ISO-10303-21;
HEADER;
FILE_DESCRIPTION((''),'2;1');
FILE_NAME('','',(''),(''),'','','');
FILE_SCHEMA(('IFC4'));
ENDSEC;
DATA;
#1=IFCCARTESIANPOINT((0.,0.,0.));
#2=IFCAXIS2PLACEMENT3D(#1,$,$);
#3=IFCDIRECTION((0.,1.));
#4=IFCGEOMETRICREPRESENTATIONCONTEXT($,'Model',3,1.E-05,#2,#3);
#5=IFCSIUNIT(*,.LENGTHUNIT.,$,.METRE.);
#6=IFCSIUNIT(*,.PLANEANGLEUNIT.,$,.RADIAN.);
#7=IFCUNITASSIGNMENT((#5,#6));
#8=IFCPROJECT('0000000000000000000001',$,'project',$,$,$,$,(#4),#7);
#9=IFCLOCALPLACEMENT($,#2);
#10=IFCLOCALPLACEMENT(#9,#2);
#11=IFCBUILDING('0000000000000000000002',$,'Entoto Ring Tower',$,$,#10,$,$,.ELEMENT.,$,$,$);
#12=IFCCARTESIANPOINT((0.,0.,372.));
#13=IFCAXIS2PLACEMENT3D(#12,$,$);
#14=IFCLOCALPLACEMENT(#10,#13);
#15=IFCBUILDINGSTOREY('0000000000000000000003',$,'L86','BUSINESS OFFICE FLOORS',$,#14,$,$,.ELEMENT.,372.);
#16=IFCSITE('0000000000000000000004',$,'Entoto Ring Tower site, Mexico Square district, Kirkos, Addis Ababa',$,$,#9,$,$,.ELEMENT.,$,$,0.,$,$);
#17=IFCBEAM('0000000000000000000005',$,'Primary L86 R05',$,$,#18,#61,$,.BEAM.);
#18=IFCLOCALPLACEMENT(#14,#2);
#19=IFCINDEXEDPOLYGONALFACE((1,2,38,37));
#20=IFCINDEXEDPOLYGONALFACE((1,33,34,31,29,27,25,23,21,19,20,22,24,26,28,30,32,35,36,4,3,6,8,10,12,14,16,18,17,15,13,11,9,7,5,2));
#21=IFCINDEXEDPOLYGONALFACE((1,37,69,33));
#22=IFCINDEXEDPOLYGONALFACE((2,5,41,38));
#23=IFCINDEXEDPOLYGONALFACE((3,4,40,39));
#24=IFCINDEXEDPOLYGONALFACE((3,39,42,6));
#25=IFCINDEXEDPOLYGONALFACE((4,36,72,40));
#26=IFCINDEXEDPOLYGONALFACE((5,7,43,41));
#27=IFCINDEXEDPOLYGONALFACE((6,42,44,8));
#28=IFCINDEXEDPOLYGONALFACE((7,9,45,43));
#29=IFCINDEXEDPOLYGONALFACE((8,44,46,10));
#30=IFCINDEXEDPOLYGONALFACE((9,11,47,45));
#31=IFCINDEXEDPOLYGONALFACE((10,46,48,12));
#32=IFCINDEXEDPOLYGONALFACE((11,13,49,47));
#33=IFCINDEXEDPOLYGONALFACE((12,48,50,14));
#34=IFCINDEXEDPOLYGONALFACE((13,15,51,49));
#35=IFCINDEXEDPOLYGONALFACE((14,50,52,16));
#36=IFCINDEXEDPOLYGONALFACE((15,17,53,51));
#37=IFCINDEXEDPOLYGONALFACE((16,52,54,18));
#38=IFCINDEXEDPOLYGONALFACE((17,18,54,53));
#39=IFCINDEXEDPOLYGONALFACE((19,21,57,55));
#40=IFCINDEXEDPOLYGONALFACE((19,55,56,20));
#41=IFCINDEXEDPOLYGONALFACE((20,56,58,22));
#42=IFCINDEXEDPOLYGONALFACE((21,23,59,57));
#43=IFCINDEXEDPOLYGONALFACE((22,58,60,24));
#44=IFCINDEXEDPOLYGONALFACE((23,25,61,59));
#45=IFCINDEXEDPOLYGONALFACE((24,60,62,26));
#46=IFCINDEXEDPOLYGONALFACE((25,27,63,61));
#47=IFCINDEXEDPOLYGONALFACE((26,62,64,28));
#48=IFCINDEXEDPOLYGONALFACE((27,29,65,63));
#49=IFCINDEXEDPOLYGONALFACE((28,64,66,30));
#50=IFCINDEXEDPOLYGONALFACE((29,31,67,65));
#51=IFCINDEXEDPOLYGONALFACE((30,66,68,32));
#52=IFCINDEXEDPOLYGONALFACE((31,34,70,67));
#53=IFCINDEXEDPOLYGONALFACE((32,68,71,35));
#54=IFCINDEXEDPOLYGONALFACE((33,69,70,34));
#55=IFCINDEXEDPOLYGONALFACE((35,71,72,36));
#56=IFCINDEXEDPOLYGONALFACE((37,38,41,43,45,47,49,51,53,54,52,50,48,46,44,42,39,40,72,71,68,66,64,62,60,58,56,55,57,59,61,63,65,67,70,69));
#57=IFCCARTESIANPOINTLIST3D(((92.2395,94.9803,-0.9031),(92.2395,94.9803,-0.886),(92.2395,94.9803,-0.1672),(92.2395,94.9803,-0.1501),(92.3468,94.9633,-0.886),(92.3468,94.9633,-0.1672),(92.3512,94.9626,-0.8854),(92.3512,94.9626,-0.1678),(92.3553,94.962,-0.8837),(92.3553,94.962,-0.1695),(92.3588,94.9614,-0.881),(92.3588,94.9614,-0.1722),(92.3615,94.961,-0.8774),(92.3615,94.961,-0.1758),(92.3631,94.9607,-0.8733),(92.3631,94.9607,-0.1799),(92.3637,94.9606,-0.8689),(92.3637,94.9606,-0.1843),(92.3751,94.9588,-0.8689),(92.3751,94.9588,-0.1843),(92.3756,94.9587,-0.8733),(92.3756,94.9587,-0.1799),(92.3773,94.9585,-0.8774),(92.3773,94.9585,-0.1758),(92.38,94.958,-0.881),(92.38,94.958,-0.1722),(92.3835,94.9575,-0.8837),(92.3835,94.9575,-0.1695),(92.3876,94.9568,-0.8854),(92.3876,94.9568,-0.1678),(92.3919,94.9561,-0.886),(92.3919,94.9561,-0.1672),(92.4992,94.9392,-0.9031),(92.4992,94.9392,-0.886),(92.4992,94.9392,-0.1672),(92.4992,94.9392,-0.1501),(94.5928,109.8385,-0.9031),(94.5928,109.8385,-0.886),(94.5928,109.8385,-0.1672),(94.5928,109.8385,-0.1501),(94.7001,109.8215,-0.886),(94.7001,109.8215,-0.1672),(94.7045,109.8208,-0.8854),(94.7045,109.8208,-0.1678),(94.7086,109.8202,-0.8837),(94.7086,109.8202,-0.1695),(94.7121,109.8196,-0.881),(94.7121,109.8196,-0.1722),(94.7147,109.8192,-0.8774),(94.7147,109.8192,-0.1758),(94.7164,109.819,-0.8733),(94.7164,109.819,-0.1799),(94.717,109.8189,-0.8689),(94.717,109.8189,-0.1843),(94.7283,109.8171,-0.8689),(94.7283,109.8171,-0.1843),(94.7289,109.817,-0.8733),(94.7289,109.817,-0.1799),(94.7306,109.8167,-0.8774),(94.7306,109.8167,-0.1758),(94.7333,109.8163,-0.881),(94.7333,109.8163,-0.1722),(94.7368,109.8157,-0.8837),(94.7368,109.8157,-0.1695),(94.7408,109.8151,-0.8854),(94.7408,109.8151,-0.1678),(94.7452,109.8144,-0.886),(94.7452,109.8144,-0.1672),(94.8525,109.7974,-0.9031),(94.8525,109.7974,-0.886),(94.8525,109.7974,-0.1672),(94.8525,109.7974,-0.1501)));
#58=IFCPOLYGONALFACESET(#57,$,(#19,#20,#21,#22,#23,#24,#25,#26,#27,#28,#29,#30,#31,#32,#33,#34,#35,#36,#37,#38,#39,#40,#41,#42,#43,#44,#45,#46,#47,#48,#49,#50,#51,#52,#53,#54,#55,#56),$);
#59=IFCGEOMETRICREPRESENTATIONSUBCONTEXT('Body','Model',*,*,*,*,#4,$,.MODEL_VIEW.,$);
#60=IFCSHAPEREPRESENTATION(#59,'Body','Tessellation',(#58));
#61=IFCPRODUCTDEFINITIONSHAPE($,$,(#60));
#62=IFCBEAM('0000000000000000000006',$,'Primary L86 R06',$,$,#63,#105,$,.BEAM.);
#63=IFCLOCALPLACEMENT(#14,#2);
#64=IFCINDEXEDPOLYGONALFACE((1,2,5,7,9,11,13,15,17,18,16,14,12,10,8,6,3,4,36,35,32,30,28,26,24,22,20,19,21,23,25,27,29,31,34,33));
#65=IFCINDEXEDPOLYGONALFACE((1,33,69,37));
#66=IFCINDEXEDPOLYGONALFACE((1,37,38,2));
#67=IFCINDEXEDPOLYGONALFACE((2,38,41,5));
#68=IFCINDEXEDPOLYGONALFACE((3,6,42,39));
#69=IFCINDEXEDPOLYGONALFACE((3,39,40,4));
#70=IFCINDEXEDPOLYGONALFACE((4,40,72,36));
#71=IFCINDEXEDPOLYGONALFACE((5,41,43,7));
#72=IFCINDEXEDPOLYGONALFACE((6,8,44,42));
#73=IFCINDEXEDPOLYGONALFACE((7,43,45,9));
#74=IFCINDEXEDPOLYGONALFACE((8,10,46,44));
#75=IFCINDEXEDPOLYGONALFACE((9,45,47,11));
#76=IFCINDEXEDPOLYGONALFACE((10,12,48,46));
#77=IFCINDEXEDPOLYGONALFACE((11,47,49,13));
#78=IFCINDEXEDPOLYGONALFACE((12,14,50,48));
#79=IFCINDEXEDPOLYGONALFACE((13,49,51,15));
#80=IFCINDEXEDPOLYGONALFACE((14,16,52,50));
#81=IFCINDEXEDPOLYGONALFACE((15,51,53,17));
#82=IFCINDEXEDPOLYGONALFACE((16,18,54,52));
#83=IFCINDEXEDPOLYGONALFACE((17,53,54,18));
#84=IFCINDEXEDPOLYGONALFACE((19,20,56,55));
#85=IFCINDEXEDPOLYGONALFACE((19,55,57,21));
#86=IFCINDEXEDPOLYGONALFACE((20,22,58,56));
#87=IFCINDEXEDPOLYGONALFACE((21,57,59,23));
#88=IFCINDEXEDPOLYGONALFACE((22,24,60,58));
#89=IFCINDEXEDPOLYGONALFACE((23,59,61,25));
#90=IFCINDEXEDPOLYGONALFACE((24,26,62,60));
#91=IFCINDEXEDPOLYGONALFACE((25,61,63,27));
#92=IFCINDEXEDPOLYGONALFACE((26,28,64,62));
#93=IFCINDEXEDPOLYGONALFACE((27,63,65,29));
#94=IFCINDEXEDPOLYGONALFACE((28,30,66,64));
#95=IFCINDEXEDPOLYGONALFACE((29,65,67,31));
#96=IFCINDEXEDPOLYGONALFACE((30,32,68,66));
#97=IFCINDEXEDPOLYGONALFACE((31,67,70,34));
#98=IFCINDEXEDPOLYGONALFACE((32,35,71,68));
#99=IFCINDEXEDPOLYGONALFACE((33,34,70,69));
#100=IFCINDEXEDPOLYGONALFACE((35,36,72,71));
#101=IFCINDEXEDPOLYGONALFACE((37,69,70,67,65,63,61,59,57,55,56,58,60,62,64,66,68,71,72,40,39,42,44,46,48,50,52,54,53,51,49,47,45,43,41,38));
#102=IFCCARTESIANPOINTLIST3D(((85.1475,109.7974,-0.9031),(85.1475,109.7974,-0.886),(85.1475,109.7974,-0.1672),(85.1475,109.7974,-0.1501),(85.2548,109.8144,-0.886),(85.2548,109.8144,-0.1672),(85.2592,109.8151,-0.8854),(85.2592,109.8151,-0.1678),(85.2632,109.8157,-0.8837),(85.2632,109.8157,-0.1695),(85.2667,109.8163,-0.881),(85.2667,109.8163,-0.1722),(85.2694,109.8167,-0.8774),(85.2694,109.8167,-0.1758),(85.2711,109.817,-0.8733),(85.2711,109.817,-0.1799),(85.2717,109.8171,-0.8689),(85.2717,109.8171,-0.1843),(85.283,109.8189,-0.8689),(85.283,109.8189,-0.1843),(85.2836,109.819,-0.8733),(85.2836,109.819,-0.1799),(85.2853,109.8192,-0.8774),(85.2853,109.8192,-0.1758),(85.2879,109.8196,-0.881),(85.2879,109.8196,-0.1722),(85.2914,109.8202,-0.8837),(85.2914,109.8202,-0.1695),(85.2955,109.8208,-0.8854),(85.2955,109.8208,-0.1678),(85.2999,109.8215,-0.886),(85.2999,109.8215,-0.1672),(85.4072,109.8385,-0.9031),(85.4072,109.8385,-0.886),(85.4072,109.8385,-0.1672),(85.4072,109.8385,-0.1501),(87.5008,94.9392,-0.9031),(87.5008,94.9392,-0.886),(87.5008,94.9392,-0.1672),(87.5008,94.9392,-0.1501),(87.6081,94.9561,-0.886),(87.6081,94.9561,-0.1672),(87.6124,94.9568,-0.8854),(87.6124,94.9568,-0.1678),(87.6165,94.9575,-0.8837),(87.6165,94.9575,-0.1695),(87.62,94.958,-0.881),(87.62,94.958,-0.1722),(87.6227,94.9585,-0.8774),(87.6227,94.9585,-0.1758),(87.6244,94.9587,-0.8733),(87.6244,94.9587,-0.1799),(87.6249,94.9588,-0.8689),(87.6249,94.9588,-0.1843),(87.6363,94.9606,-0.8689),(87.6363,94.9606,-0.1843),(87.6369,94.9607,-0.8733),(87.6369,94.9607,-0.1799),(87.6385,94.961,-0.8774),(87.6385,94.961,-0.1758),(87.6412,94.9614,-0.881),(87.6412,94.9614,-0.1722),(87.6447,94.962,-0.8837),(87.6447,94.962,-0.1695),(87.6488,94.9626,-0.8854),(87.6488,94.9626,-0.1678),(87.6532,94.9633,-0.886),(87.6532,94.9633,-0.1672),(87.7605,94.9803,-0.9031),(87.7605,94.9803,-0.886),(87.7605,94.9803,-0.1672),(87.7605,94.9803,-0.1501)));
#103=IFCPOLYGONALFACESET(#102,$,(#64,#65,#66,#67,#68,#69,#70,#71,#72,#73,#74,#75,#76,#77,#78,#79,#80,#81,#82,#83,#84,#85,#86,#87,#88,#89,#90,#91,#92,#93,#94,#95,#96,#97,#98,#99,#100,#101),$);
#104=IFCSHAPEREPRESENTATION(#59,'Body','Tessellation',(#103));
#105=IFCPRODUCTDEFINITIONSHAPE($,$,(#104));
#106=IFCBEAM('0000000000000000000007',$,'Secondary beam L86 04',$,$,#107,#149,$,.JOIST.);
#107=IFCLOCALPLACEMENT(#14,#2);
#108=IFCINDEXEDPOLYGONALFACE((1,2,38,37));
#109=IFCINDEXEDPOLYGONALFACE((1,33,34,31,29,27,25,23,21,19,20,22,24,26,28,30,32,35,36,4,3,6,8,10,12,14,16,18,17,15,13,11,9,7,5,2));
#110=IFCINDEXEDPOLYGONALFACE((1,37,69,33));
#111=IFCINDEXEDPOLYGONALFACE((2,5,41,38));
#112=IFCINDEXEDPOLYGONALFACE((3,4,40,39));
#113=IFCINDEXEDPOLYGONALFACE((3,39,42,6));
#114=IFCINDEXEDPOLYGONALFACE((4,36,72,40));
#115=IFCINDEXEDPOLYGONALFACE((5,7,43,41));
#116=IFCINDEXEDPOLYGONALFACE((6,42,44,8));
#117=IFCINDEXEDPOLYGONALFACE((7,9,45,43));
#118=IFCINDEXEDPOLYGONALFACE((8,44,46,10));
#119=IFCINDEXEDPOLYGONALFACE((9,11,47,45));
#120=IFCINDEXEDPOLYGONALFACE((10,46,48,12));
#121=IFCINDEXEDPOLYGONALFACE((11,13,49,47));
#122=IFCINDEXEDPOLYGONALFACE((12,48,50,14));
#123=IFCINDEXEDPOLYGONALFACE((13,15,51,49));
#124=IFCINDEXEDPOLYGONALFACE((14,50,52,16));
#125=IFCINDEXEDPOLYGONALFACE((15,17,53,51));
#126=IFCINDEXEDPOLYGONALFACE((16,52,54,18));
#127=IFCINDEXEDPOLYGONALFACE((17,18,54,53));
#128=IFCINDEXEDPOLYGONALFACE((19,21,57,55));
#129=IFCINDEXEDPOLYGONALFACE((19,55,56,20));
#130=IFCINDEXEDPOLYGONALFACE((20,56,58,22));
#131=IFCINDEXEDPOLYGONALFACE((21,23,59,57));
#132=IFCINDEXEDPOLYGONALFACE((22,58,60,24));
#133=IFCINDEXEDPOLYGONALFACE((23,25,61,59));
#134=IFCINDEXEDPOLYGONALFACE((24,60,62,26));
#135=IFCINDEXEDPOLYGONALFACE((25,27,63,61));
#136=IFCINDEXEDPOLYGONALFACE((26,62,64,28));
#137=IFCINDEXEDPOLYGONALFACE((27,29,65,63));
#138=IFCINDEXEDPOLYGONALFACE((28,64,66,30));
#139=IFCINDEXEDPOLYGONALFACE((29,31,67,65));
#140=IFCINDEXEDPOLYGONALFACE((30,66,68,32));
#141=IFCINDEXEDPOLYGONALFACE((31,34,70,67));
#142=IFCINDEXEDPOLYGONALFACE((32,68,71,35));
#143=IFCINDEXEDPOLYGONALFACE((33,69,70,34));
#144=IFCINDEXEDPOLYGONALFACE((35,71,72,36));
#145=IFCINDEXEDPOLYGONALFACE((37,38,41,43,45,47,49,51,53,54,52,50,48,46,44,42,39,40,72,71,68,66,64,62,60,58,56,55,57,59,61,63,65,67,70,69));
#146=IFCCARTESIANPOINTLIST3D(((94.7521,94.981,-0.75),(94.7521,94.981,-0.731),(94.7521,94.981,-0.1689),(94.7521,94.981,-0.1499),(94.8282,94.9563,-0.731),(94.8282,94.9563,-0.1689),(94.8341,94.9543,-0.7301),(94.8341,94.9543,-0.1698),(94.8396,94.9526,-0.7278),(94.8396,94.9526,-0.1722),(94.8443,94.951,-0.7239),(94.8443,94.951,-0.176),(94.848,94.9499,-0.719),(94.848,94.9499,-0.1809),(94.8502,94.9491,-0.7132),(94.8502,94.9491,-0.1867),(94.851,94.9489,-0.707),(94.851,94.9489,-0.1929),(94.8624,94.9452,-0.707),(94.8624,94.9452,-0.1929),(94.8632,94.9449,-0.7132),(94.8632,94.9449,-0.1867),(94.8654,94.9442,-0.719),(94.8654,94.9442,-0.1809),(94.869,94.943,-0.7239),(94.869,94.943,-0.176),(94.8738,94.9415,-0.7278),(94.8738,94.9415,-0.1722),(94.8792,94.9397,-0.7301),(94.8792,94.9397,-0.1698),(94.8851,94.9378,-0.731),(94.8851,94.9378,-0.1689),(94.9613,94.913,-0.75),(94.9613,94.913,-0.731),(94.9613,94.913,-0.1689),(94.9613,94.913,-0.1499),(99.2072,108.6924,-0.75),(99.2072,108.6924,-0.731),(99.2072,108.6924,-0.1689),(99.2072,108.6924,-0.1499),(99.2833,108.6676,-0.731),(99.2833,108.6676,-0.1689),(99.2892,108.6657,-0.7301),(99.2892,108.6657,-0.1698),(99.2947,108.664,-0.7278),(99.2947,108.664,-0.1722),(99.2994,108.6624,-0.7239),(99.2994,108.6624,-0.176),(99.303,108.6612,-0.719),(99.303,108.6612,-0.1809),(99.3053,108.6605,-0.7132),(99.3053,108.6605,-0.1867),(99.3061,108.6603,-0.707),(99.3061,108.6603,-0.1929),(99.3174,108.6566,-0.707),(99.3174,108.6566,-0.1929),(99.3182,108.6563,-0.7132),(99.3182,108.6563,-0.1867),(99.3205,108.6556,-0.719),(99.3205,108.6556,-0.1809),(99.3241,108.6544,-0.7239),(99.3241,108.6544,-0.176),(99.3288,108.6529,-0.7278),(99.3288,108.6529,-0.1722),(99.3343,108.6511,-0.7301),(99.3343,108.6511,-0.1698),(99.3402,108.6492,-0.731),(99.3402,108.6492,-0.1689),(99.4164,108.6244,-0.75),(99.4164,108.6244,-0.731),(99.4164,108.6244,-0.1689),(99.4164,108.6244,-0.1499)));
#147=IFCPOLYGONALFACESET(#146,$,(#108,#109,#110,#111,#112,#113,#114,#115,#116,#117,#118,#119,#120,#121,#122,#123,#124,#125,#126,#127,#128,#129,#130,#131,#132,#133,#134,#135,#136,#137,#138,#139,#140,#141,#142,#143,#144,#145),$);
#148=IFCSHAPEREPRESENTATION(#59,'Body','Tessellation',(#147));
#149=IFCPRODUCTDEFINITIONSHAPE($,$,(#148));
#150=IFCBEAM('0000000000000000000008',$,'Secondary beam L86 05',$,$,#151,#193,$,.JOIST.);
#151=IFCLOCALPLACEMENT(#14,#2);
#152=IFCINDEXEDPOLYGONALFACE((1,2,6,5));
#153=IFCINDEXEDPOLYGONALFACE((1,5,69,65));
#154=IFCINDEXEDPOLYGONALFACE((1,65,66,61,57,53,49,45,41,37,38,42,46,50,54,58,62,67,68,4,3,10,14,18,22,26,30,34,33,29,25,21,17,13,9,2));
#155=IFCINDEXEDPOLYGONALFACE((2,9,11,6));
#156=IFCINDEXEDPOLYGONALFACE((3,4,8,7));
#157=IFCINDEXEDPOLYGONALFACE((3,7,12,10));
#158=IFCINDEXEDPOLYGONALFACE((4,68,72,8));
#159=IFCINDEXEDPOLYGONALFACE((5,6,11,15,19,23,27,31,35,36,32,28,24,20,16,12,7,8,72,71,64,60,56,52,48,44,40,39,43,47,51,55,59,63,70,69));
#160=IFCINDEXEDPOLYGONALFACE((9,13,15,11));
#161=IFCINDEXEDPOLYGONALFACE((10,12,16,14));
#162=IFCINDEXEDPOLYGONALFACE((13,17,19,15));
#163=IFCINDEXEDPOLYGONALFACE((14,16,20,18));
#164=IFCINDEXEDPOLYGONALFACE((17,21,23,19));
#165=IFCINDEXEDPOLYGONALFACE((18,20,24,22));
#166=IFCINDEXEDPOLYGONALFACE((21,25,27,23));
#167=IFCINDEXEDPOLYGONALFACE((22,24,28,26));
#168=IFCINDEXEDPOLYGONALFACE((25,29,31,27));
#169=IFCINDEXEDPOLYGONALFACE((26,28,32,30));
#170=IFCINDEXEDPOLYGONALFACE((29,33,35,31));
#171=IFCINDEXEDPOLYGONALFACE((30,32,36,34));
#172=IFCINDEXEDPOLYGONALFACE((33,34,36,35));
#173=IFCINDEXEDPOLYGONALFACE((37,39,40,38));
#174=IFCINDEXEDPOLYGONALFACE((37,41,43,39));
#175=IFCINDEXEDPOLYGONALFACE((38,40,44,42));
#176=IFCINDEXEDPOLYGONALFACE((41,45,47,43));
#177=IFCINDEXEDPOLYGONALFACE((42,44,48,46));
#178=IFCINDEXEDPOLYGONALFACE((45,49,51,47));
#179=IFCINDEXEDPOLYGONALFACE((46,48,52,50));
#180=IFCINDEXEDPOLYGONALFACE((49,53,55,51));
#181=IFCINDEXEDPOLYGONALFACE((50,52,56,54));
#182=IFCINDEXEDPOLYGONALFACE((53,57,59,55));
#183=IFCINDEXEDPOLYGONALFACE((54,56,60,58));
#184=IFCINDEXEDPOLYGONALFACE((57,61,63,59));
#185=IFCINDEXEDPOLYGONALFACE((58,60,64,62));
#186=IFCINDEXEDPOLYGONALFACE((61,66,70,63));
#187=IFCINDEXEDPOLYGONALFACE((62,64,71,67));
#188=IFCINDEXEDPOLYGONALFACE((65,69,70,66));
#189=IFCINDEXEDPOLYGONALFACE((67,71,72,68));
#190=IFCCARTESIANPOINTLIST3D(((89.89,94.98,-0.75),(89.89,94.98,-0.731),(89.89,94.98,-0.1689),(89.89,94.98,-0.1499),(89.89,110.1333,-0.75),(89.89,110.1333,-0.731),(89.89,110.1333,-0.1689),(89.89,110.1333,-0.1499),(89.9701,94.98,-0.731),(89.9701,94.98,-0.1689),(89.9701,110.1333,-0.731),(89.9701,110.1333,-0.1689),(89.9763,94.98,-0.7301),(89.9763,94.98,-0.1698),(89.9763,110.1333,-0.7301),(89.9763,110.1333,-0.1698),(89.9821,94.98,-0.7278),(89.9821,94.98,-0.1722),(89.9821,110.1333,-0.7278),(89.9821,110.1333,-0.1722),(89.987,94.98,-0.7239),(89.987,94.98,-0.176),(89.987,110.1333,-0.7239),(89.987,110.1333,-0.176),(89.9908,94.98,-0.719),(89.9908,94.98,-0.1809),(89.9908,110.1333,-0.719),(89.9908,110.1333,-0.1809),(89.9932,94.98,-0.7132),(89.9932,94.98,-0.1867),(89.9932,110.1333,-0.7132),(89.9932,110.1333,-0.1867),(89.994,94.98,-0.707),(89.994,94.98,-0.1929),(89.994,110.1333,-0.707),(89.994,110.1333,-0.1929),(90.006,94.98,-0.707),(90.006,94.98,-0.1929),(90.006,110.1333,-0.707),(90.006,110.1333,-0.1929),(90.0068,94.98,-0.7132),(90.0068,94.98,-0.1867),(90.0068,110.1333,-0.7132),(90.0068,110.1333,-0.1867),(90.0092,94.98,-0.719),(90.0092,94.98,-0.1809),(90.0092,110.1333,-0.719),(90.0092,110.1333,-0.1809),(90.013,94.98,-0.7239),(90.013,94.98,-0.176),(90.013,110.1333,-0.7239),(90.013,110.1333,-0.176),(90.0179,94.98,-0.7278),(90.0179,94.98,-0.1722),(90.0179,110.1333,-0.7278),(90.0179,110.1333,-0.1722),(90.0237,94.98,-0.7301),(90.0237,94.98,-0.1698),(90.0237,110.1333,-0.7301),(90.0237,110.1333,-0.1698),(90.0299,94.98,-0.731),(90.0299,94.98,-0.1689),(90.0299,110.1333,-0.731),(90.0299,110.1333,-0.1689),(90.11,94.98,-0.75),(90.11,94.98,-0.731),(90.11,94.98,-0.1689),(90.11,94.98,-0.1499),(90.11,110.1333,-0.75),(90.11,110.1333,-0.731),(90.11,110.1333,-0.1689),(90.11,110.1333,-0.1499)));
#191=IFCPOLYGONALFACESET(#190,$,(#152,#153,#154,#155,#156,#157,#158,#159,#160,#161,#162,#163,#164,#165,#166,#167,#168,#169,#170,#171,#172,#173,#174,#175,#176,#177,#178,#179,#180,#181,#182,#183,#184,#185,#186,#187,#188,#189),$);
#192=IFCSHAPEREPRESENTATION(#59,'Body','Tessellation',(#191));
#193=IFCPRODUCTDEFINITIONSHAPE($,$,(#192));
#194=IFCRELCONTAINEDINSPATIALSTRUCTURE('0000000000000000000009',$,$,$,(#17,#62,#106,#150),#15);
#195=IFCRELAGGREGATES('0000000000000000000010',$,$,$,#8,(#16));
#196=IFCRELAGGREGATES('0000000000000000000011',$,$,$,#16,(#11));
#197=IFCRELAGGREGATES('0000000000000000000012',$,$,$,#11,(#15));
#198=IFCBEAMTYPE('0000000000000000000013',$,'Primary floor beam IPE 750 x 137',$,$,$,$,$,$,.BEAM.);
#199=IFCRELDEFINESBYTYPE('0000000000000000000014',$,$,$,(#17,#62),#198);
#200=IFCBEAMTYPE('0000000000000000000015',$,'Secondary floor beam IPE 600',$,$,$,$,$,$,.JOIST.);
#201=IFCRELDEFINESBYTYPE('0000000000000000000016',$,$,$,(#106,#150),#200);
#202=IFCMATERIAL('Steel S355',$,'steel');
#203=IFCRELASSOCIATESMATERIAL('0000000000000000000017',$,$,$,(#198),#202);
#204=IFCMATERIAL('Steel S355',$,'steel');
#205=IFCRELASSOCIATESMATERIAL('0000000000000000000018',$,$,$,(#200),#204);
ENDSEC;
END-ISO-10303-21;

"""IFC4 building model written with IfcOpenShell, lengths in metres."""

from ifc_helpers import new_model, si_unit, direction, frame, origin, origin_2d, place, context, subcontext, project, spatial, i_section, extrude, material, material_profile, profile_set, type_object, element, save


model = new_model("IFC4")

# Units and contexts
model_context = context("Model", 3, precision=1e-05, world=origin(), true_north=direction((0.0, 1.0)))
body_context = subcontext(model_context, "Body", "Model", "MODEL_VIEW")
ifc_project = project(units=[si_unit("LENGTHUNIT", "METRE"), si_unit("PLANEANGLEUNIT", "RADIAN")], contexts=[model_context])

# Site, building, storey
site_placement = place(None, origin())
site = spatial("IfcSite", under=ifc_project, at=site_placement, Name="Entoto Ring Tower site, Mexico Square district, Kirkos, Addis Ababa", CompositionType="ELEMENT", RefElevation=0.0)
building_placement = place(site_placement, origin())
building = spatial("IfcBuilding", under=site, at=building_placement, Name="Entoto Ring Tower", CompositionType="ELEMENT")
storey_placement = place(building_placement, frame((0.0, 0.0, 372.0)))
storey = spatial("IfcBuildingStorey", under=building, at=storey_placement, Name="L86", Description="BUSINESS OFFICE FLOORS", CompositionType="ELEMENT", Elevation=372.0)

# Beams
ifc_material_1 = material(Name="Steel S355", Category="steel")
ifc_material_profile_1 = material_profile(ifc_material_1, i_section(OverallWidth=0.2629, OverallDepth=0.7529, WebThickness=0.0115, FlangeThickness=0.0171, FilletRadius=0.0171, at=origin_2d()), Name="IPE 750 x 137")
ifc_profile_set_1 = profile_set([ifc_material_profile_1], Name="Steel S355")
beam_type_1 = type_object("IfcBeamType", Name="Primary floor beam IPE 750 x 137", PredefinedType="BEAM", material=ifc_profile_set_1)
for number, where, z_axis, x_axis, name in (
    (1, (92.3694, 94.9597, -0.5266), (0.156433, 0.987689, 0.0), (-0.987689, 0.156433, 0.0), "Primary L86 R05"),
    (2, (87.6306, 94.9597, -0.5266), (-0.156433, 0.987689, 0.0), (-0.987689, -0.156433, 0.0), "Primary L86 R06"),
):
    element("IfcBeam", number, at=place(storey_placement, frame(where, z_axis=z_axis, x_axis=x_axis)), inside=storey, type_object=beam_type_1, Name=name, PredefinedType="BEAM", context=body_context, shape_type="SweptSolid", body=[
        extrude(i_section(OverallWidth=0.2629, OverallDepth=0.7529, WebThickness=0.0115, FlangeThickness=0.0171, FilletRadius=0.0171, at=origin_2d()), origin(), (0.0, 0.0, 1.0), 15.0435),
    ])
ifc_material_2 = material(Name="Steel S355", Category="steel")
ifc_material_profile_2 = material_profile(ifc_material_2, i_section(OverallWidth=0.22, OverallDepth=0.6001, WebThickness=0.012, FlangeThickness=0.019, FilletRadius=0.0239, at=origin_2d()), Name="IPE 600")
ifc_profile_set_2 = profile_set([ifc_material_profile_2], Name="Steel S355")
beam_type_2 = type_object("IfcBeamType", Name="Secondary floor beam IPE 600", PredefinedType="JOIST", material=ifc_profile_set_2)
beam_1_placement = place(storey_placement, frame((94.8567, 94.947, -0.45), z_axis=(0.309015, 0.951057, 0.0), x_axis=(-0.951057, 0.309015, 0.0)))
element("IfcBeam", 3, at=beam_1_placement, inside=storey, type_object=beam_type_2, Name="Secondary beam L86 04", PredefinedType="JOIST", context=body_context, shape_type="SweptSolid", body=[
    extrude(i_section(OverallWidth=0.22, OverallDepth=0.6001, WebThickness=0.012, FlangeThickness=0.019, FilletRadius=0.0239, at=origin_2d()), origin(), (0.0, 0.0, 1.0), 14.417),
])
beam_2_placement = place(storey_placement, frame((90.0, 94.98, -0.45), z_axis=(0.0, 1.0, 0.0), x_axis=(-1.0, 0.0, 0.0)))
element("IfcBeam", 4, at=beam_2_placement, inside=storey, type_object=beam_type_2, Name="Secondary beam L86 05", PredefinedType="JOIST", context=body_context, shape_type="SweptSolid", body=[
    extrude(i_section(OverallWidth=0.22, OverallDepth=0.6001, WebThickness=0.012, FlangeThickness=0.019, FilletRadius=0.0239, at=origin_2d()), origin(), (0.0, 0.0, 1.0), 15.1533),
])

save(model, "model.ifc")
